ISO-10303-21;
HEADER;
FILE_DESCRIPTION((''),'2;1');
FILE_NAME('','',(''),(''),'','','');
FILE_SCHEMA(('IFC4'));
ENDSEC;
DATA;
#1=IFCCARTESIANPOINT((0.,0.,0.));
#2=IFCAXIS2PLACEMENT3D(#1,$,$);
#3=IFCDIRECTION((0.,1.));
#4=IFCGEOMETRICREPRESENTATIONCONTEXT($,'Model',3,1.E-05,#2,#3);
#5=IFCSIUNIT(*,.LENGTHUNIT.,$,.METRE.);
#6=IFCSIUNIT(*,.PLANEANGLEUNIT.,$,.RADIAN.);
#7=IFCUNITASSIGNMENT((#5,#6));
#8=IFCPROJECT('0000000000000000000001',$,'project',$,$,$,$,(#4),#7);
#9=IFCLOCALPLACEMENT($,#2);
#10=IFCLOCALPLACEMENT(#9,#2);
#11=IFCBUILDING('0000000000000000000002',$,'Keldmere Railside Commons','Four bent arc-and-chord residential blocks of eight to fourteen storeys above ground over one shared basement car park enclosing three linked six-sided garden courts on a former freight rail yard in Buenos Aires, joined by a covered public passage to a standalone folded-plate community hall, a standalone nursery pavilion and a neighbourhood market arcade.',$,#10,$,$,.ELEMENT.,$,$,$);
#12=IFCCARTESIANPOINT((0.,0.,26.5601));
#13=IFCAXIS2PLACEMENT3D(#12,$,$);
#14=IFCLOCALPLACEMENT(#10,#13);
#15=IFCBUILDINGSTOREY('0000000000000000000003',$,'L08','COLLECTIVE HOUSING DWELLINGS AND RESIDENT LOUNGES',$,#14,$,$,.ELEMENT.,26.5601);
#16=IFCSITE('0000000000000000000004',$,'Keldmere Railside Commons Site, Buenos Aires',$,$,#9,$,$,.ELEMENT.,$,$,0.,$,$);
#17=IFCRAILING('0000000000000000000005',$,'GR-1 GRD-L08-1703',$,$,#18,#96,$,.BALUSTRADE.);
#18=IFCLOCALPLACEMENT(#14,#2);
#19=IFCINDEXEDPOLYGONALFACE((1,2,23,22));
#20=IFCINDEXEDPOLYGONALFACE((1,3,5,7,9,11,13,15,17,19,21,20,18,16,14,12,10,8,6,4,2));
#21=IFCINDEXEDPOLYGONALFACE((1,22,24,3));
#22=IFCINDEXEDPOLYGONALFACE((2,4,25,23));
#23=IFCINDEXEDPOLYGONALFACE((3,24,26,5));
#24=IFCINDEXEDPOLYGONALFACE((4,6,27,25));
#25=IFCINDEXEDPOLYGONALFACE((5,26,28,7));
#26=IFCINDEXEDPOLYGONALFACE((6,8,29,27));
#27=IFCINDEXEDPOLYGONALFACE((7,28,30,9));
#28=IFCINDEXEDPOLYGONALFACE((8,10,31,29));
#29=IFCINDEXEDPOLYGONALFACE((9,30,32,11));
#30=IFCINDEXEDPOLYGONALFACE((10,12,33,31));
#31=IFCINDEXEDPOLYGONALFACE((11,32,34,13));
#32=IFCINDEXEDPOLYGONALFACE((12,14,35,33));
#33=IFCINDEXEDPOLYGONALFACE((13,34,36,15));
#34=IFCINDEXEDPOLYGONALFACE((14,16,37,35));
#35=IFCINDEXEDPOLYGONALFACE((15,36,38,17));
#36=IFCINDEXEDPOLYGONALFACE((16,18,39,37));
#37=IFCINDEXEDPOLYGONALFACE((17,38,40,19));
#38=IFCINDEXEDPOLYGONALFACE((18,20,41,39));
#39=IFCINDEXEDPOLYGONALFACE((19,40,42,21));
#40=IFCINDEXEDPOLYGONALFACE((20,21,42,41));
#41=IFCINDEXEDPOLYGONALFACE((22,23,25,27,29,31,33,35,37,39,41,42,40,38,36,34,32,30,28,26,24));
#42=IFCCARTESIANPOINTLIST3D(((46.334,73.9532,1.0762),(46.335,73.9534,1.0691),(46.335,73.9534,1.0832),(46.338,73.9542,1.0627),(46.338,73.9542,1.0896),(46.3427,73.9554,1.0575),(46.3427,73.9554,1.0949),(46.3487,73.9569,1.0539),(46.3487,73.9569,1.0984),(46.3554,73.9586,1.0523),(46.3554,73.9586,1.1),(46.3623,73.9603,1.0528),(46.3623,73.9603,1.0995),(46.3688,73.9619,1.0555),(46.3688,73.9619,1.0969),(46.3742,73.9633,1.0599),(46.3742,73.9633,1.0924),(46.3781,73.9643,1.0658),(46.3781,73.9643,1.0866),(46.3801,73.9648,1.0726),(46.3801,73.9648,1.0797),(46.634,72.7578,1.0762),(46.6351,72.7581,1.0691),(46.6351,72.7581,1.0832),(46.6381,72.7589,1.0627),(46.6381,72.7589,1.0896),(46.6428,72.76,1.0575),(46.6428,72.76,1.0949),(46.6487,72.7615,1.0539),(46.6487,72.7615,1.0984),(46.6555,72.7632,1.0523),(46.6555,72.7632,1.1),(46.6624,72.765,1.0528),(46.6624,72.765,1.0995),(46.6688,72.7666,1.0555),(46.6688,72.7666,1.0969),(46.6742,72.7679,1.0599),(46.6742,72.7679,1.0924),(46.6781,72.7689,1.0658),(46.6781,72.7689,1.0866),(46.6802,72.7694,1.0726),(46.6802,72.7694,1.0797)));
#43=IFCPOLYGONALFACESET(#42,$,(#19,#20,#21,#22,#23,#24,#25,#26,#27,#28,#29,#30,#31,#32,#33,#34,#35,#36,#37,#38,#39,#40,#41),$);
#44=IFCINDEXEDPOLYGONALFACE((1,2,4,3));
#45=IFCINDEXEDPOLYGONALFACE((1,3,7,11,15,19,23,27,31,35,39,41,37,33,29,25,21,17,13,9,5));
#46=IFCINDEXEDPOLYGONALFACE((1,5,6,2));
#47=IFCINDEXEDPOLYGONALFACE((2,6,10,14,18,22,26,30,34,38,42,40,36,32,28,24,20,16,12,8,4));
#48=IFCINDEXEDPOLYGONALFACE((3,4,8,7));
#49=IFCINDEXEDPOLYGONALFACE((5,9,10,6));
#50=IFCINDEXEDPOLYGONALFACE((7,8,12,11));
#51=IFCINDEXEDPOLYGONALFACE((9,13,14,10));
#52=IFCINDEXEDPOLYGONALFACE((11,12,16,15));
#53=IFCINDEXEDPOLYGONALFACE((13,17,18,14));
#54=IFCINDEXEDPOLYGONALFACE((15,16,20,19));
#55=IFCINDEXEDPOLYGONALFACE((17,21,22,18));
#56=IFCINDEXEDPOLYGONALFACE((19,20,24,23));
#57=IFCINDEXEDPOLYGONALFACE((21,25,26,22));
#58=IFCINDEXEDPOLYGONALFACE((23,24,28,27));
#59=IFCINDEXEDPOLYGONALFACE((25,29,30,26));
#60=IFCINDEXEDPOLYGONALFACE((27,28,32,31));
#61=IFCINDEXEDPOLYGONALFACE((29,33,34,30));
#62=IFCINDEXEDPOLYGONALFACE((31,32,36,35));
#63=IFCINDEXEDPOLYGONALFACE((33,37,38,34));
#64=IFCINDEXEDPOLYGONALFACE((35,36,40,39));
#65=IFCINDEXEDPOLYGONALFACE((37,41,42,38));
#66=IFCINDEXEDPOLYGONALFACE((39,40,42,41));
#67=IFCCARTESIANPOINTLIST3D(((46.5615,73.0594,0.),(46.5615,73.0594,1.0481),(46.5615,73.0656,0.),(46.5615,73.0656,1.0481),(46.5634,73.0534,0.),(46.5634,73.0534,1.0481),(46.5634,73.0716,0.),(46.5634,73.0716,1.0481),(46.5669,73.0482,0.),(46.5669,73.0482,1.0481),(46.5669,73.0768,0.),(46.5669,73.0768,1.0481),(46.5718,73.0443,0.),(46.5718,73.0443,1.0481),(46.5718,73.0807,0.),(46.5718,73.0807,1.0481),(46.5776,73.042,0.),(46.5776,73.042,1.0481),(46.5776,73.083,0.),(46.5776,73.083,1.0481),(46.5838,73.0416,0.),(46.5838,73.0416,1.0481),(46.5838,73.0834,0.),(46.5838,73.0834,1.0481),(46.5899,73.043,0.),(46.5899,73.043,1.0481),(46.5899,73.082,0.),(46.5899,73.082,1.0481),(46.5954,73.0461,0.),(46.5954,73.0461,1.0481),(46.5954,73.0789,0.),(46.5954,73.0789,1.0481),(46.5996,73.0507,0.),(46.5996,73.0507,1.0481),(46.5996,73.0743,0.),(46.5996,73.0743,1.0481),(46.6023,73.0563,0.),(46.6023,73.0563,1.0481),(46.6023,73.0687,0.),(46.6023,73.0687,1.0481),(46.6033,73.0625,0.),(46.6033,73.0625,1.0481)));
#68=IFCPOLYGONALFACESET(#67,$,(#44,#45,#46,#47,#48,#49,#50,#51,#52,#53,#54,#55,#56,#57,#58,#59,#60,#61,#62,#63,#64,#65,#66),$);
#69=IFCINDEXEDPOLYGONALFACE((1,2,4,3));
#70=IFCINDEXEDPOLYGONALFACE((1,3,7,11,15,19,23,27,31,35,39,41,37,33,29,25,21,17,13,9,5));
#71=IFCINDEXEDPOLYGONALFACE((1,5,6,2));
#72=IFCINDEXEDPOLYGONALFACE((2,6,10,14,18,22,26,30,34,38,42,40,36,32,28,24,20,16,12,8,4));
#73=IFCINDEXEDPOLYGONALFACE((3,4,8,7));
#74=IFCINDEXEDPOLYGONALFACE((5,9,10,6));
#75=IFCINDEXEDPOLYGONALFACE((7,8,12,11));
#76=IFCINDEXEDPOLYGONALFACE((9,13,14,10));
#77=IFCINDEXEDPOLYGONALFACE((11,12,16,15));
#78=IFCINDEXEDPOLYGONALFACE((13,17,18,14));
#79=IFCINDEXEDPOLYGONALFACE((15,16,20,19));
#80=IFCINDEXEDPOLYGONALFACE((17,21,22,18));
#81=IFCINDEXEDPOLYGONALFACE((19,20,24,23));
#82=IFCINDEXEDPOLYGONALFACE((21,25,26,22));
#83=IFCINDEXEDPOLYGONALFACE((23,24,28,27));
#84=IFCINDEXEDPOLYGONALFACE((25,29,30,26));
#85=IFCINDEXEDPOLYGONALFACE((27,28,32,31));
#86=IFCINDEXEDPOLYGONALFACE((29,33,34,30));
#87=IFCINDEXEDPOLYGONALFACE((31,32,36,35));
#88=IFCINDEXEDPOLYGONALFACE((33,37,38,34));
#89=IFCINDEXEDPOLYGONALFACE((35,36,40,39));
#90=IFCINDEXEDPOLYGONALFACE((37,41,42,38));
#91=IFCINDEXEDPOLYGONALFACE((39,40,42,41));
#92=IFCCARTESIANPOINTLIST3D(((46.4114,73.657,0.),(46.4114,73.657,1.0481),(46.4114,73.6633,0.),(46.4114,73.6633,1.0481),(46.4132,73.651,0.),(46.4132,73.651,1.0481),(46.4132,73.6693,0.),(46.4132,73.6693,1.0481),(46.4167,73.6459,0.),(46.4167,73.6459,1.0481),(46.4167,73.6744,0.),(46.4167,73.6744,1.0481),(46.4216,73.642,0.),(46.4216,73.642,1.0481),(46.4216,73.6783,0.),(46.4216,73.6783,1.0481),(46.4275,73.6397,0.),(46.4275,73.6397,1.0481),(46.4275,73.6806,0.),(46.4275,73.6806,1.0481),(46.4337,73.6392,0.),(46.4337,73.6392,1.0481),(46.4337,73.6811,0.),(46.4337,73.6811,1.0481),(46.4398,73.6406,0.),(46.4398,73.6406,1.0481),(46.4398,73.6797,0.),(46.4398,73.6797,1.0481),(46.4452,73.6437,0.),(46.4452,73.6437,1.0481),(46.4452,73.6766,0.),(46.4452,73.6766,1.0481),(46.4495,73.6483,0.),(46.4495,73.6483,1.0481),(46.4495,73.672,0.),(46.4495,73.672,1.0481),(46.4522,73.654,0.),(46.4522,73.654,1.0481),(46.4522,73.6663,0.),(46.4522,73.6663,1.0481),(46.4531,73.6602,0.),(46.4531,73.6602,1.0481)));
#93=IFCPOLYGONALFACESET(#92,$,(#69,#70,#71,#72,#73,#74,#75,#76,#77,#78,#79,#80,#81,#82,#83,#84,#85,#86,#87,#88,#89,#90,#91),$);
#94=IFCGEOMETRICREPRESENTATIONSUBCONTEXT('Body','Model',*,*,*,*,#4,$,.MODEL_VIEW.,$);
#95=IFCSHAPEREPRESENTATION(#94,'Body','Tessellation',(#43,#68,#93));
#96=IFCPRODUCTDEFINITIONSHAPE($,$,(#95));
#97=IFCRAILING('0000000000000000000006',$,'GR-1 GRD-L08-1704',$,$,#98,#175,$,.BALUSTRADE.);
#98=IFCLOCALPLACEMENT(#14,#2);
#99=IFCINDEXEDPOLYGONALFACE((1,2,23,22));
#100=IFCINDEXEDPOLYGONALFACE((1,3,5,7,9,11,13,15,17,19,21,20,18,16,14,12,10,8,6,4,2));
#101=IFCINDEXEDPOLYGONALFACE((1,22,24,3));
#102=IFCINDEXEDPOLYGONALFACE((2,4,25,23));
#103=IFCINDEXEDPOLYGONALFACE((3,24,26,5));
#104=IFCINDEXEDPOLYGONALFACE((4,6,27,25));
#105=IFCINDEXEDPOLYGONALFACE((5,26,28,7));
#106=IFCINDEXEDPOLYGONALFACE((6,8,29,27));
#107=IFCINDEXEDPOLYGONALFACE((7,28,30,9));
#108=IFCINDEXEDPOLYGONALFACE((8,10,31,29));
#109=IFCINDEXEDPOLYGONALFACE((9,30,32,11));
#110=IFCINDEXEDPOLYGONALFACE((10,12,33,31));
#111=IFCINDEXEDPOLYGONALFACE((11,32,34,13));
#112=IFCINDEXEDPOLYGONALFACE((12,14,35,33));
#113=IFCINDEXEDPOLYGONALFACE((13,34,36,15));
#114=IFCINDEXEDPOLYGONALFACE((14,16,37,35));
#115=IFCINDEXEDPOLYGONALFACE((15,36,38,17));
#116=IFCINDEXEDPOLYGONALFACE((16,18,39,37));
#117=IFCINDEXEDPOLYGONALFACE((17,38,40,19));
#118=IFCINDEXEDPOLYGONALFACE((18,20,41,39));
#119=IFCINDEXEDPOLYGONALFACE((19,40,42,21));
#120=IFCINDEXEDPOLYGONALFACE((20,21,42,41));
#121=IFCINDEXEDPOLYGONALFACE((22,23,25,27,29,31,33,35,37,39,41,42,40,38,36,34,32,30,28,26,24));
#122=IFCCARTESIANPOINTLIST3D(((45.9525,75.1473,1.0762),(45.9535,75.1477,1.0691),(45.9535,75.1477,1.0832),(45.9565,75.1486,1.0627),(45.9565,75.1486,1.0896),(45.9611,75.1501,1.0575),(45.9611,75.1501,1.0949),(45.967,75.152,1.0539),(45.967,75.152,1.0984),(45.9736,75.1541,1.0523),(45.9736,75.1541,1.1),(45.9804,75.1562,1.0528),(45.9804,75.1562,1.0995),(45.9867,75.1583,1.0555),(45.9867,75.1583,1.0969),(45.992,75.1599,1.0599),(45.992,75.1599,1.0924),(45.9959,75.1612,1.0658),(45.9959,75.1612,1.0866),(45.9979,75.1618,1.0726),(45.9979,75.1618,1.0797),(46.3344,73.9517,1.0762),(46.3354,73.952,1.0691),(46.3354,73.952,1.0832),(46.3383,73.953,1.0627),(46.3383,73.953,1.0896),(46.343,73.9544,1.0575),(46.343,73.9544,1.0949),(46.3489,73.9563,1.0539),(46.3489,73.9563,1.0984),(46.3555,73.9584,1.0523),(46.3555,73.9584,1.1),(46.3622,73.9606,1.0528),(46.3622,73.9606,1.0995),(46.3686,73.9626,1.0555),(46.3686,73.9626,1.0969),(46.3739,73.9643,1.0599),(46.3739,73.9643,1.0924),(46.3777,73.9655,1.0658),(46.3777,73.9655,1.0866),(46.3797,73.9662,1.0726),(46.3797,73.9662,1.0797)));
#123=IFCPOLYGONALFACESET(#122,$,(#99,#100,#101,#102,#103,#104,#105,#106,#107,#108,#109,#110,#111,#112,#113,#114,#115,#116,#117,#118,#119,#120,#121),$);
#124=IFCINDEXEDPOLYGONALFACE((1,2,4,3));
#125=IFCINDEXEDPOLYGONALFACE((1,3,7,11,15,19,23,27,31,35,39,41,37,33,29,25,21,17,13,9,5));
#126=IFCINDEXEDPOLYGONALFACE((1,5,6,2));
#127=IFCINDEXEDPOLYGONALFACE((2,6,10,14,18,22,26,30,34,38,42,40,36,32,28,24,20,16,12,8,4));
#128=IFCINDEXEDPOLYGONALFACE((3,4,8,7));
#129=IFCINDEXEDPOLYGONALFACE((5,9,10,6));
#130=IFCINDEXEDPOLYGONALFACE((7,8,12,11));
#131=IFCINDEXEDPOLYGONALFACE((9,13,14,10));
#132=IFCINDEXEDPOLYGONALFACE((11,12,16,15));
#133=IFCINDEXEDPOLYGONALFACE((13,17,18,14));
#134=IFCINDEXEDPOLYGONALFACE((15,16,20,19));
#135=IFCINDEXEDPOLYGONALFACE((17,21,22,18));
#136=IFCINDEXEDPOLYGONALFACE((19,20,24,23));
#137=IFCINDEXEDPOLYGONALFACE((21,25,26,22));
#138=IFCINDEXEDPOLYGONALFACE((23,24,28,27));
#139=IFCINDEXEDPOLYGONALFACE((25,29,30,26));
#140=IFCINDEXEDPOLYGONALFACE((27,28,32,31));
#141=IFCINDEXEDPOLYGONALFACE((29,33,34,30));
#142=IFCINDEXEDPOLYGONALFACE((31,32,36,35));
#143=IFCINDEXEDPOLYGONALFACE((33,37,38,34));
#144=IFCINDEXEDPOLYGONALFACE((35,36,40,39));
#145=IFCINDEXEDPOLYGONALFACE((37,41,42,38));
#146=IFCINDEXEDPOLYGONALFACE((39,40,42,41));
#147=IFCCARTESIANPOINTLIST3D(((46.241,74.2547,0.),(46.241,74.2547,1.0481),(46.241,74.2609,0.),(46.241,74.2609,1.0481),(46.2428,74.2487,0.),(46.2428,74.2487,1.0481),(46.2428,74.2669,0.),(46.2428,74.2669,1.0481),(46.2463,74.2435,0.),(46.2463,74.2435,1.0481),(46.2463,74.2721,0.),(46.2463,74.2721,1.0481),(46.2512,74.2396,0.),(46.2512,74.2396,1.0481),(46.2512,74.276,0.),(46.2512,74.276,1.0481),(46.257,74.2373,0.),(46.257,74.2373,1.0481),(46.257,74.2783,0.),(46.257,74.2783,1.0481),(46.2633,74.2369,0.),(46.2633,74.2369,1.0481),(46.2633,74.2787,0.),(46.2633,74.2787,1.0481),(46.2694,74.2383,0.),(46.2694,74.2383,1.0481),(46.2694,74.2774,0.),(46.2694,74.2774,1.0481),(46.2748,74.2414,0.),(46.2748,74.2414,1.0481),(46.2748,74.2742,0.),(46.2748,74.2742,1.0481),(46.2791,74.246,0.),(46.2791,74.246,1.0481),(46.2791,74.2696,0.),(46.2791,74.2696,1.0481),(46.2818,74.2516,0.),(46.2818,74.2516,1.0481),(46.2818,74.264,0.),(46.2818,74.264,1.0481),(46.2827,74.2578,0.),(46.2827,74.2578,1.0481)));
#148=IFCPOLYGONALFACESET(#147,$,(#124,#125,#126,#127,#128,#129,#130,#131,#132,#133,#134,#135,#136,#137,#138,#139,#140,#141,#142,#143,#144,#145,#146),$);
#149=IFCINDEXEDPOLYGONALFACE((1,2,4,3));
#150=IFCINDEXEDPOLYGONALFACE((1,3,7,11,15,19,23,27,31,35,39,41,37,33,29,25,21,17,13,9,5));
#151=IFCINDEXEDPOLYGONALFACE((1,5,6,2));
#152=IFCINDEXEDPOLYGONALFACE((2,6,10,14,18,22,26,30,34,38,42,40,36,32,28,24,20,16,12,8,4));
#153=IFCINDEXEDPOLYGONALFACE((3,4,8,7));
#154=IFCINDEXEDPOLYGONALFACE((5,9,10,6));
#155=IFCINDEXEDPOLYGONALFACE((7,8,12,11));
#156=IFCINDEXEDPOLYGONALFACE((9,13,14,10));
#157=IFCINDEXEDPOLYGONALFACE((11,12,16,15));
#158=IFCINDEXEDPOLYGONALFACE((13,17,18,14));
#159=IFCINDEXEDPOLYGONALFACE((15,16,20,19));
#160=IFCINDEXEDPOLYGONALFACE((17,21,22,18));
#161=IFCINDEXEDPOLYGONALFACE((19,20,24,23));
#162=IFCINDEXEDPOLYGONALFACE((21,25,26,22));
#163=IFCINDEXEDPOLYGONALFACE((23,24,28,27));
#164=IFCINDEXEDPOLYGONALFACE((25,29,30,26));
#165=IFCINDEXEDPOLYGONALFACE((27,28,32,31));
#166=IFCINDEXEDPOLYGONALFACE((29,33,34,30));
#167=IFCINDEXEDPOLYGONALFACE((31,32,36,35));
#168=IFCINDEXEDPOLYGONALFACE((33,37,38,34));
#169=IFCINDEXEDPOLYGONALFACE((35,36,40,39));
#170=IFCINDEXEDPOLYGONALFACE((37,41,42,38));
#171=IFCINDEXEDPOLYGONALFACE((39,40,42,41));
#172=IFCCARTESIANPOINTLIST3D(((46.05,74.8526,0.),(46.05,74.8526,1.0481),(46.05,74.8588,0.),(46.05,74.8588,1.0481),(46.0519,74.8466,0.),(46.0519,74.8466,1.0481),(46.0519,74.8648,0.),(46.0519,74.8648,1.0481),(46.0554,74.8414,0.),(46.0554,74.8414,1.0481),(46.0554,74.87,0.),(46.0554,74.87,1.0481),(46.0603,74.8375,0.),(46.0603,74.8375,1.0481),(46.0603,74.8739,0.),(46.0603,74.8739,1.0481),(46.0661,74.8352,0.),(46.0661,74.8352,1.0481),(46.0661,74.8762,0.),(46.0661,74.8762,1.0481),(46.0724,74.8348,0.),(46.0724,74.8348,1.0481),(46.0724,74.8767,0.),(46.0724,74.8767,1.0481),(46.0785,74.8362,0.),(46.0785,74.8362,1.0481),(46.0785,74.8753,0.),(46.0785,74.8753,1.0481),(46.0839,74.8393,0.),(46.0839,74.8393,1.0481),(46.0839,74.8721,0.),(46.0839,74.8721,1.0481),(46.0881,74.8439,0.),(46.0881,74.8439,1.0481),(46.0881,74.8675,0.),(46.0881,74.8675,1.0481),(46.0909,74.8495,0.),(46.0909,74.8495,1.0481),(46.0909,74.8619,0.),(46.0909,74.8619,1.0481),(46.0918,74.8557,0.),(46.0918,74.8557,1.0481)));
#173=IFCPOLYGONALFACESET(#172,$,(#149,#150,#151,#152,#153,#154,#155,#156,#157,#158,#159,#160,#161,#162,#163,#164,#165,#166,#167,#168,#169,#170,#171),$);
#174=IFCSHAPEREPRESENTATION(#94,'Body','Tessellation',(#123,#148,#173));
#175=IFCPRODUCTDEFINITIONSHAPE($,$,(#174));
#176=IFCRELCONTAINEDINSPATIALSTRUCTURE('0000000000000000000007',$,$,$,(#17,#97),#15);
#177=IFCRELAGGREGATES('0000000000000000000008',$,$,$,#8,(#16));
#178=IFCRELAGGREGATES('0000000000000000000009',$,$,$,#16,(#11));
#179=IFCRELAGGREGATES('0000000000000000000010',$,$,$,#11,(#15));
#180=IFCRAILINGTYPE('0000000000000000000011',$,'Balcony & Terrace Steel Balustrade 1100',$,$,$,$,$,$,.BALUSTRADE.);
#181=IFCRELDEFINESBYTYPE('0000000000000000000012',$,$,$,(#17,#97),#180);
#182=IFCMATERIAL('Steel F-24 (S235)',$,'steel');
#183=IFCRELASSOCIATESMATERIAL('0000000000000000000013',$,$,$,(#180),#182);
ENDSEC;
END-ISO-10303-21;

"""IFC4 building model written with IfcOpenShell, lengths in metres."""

from ifc_helpers import new_model, si_unit, direction, frame, origin, origin_2d, place, context, subcontext, project, spatial, circle, extrude, material, type_object, element, save


model = new_model("IFC4")

# Units and contexts
model_context = context("Model", 3, precision=1e-05, world=origin(), true_north=direction((0.0, 1.0)))
body_context = subcontext(model_context, "Body", "Model", "MODEL_VIEW")
ifc_project = project(units=[si_unit("LENGTHUNIT", "METRE"), si_unit("PLANEANGLEUNIT", "RADIAN")], contexts=[model_context])

# Site, building, storey
site_placement = place(None, origin())
site = spatial("IfcSite", under=ifc_project, at=site_placement, Name="Keldmere Railside Commons Site, Buenos Aires", CompositionType="ELEMENT", RefElevation=0.0)
building_placement = place(site_placement, origin())
building = spatial("IfcBuilding", under=site, at=building_placement, Name="Keldmere Railside Commons", Description="Four bent arc-and-chord residential blocks of eight to fourteen storeys above ground over one shared basement car park enclosing three linked six-sided garden courts on a former freight rail yard in Buenos Aires, joined by a covered public passage to a standalone folded-plate community hall, a standalone nursery pavilion and a neighbourhood market arcade.", CompositionType="ELEMENT")
storey_placement = place(building_placement, frame((0.0, 0.0, 26.5601)))
storey = spatial("IfcBuildingStorey", under=building, at=storey_placement, Name="L08", Description="COLLECTIVE HOUSING DWELLINGS AND RESIDENT LOUNGES", CompositionType="ELEMENT", Elevation=26.5601)

# Railings
ifc_material_1 = material(Name="Steel F-24 (S235)", Category="steel")
railing_type = type_object("IfcRailingType", Name="Balcony & Terrace Steel Balustrade 1100", PredefinedType="BALUSTRADE", material=ifc_material_1)
railing_1_placement = place(storey_placement, frame((46.6572, 72.7637, 0.0)))
element("IfcRailing", 1, at=railing_1_placement, inside=storey, type_object=railing_type, Name="GR-1 GRD-L08-1703", PredefinedType="BALUSTRADE", context=body_context, shape_type="SweptSolid", body=[
    extrude(circle(Radius=0.0239, at=origin_2d()), frame((0.0, 0.0, 1.0762), z_axis=(-0.243468, 0.969909, 0.0), x_axis=(-0.969909, -0.243468, 0.0)), (0.0, 0.0, 1.0), 1.2324),
    extrude(circle(Radius=0.021, at=origin_2d()), frame((-0.075, 0.2988, 0.0)), (0.0, 0.0, 1.0), 1.0481),
    extrude(circle(Radius=0.021, at=origin_2d()), frame((-0.2251, 0.8965, 0.0)), (0.0, 0.0, 1.0), 1.0481),
])
railing_2_placement = place(storey_placement, frame((46.3572, 73.959, 0.0)))
element("IfcRailing", 2, at=railing_2_placement, inside=storey, type_object=railing_type, Name="GR-1 GRD-L08-1704", PredefinedType="BALUSTRADE", context=body_context, shape_type="SweptSolid", body=[
    extrude(circle(Radius=0.0239, at=origin_2d()), frame((0.0, 0.0, 1.0762), z_axis=(-0.304239, 0.952596, 0.0), x_axis=(-0.952596, -0.304239, 0.0)), (0.0, 0.0, 1.0), 1.2551),
    extrude(circle(Radius=0.021, at=origin_2d()), frame((-0.0955, 0.2988, 0.0)), (0.0, 0.0, 1.0), 1.0481),
    extrude(circle(Radius=0.021, at=origin_2d()), frame((-0.2864, 0.8967, 0.0)), (0.0, 0.0, 1.0), 1.0481),
])

save(model, "model.ifc")
